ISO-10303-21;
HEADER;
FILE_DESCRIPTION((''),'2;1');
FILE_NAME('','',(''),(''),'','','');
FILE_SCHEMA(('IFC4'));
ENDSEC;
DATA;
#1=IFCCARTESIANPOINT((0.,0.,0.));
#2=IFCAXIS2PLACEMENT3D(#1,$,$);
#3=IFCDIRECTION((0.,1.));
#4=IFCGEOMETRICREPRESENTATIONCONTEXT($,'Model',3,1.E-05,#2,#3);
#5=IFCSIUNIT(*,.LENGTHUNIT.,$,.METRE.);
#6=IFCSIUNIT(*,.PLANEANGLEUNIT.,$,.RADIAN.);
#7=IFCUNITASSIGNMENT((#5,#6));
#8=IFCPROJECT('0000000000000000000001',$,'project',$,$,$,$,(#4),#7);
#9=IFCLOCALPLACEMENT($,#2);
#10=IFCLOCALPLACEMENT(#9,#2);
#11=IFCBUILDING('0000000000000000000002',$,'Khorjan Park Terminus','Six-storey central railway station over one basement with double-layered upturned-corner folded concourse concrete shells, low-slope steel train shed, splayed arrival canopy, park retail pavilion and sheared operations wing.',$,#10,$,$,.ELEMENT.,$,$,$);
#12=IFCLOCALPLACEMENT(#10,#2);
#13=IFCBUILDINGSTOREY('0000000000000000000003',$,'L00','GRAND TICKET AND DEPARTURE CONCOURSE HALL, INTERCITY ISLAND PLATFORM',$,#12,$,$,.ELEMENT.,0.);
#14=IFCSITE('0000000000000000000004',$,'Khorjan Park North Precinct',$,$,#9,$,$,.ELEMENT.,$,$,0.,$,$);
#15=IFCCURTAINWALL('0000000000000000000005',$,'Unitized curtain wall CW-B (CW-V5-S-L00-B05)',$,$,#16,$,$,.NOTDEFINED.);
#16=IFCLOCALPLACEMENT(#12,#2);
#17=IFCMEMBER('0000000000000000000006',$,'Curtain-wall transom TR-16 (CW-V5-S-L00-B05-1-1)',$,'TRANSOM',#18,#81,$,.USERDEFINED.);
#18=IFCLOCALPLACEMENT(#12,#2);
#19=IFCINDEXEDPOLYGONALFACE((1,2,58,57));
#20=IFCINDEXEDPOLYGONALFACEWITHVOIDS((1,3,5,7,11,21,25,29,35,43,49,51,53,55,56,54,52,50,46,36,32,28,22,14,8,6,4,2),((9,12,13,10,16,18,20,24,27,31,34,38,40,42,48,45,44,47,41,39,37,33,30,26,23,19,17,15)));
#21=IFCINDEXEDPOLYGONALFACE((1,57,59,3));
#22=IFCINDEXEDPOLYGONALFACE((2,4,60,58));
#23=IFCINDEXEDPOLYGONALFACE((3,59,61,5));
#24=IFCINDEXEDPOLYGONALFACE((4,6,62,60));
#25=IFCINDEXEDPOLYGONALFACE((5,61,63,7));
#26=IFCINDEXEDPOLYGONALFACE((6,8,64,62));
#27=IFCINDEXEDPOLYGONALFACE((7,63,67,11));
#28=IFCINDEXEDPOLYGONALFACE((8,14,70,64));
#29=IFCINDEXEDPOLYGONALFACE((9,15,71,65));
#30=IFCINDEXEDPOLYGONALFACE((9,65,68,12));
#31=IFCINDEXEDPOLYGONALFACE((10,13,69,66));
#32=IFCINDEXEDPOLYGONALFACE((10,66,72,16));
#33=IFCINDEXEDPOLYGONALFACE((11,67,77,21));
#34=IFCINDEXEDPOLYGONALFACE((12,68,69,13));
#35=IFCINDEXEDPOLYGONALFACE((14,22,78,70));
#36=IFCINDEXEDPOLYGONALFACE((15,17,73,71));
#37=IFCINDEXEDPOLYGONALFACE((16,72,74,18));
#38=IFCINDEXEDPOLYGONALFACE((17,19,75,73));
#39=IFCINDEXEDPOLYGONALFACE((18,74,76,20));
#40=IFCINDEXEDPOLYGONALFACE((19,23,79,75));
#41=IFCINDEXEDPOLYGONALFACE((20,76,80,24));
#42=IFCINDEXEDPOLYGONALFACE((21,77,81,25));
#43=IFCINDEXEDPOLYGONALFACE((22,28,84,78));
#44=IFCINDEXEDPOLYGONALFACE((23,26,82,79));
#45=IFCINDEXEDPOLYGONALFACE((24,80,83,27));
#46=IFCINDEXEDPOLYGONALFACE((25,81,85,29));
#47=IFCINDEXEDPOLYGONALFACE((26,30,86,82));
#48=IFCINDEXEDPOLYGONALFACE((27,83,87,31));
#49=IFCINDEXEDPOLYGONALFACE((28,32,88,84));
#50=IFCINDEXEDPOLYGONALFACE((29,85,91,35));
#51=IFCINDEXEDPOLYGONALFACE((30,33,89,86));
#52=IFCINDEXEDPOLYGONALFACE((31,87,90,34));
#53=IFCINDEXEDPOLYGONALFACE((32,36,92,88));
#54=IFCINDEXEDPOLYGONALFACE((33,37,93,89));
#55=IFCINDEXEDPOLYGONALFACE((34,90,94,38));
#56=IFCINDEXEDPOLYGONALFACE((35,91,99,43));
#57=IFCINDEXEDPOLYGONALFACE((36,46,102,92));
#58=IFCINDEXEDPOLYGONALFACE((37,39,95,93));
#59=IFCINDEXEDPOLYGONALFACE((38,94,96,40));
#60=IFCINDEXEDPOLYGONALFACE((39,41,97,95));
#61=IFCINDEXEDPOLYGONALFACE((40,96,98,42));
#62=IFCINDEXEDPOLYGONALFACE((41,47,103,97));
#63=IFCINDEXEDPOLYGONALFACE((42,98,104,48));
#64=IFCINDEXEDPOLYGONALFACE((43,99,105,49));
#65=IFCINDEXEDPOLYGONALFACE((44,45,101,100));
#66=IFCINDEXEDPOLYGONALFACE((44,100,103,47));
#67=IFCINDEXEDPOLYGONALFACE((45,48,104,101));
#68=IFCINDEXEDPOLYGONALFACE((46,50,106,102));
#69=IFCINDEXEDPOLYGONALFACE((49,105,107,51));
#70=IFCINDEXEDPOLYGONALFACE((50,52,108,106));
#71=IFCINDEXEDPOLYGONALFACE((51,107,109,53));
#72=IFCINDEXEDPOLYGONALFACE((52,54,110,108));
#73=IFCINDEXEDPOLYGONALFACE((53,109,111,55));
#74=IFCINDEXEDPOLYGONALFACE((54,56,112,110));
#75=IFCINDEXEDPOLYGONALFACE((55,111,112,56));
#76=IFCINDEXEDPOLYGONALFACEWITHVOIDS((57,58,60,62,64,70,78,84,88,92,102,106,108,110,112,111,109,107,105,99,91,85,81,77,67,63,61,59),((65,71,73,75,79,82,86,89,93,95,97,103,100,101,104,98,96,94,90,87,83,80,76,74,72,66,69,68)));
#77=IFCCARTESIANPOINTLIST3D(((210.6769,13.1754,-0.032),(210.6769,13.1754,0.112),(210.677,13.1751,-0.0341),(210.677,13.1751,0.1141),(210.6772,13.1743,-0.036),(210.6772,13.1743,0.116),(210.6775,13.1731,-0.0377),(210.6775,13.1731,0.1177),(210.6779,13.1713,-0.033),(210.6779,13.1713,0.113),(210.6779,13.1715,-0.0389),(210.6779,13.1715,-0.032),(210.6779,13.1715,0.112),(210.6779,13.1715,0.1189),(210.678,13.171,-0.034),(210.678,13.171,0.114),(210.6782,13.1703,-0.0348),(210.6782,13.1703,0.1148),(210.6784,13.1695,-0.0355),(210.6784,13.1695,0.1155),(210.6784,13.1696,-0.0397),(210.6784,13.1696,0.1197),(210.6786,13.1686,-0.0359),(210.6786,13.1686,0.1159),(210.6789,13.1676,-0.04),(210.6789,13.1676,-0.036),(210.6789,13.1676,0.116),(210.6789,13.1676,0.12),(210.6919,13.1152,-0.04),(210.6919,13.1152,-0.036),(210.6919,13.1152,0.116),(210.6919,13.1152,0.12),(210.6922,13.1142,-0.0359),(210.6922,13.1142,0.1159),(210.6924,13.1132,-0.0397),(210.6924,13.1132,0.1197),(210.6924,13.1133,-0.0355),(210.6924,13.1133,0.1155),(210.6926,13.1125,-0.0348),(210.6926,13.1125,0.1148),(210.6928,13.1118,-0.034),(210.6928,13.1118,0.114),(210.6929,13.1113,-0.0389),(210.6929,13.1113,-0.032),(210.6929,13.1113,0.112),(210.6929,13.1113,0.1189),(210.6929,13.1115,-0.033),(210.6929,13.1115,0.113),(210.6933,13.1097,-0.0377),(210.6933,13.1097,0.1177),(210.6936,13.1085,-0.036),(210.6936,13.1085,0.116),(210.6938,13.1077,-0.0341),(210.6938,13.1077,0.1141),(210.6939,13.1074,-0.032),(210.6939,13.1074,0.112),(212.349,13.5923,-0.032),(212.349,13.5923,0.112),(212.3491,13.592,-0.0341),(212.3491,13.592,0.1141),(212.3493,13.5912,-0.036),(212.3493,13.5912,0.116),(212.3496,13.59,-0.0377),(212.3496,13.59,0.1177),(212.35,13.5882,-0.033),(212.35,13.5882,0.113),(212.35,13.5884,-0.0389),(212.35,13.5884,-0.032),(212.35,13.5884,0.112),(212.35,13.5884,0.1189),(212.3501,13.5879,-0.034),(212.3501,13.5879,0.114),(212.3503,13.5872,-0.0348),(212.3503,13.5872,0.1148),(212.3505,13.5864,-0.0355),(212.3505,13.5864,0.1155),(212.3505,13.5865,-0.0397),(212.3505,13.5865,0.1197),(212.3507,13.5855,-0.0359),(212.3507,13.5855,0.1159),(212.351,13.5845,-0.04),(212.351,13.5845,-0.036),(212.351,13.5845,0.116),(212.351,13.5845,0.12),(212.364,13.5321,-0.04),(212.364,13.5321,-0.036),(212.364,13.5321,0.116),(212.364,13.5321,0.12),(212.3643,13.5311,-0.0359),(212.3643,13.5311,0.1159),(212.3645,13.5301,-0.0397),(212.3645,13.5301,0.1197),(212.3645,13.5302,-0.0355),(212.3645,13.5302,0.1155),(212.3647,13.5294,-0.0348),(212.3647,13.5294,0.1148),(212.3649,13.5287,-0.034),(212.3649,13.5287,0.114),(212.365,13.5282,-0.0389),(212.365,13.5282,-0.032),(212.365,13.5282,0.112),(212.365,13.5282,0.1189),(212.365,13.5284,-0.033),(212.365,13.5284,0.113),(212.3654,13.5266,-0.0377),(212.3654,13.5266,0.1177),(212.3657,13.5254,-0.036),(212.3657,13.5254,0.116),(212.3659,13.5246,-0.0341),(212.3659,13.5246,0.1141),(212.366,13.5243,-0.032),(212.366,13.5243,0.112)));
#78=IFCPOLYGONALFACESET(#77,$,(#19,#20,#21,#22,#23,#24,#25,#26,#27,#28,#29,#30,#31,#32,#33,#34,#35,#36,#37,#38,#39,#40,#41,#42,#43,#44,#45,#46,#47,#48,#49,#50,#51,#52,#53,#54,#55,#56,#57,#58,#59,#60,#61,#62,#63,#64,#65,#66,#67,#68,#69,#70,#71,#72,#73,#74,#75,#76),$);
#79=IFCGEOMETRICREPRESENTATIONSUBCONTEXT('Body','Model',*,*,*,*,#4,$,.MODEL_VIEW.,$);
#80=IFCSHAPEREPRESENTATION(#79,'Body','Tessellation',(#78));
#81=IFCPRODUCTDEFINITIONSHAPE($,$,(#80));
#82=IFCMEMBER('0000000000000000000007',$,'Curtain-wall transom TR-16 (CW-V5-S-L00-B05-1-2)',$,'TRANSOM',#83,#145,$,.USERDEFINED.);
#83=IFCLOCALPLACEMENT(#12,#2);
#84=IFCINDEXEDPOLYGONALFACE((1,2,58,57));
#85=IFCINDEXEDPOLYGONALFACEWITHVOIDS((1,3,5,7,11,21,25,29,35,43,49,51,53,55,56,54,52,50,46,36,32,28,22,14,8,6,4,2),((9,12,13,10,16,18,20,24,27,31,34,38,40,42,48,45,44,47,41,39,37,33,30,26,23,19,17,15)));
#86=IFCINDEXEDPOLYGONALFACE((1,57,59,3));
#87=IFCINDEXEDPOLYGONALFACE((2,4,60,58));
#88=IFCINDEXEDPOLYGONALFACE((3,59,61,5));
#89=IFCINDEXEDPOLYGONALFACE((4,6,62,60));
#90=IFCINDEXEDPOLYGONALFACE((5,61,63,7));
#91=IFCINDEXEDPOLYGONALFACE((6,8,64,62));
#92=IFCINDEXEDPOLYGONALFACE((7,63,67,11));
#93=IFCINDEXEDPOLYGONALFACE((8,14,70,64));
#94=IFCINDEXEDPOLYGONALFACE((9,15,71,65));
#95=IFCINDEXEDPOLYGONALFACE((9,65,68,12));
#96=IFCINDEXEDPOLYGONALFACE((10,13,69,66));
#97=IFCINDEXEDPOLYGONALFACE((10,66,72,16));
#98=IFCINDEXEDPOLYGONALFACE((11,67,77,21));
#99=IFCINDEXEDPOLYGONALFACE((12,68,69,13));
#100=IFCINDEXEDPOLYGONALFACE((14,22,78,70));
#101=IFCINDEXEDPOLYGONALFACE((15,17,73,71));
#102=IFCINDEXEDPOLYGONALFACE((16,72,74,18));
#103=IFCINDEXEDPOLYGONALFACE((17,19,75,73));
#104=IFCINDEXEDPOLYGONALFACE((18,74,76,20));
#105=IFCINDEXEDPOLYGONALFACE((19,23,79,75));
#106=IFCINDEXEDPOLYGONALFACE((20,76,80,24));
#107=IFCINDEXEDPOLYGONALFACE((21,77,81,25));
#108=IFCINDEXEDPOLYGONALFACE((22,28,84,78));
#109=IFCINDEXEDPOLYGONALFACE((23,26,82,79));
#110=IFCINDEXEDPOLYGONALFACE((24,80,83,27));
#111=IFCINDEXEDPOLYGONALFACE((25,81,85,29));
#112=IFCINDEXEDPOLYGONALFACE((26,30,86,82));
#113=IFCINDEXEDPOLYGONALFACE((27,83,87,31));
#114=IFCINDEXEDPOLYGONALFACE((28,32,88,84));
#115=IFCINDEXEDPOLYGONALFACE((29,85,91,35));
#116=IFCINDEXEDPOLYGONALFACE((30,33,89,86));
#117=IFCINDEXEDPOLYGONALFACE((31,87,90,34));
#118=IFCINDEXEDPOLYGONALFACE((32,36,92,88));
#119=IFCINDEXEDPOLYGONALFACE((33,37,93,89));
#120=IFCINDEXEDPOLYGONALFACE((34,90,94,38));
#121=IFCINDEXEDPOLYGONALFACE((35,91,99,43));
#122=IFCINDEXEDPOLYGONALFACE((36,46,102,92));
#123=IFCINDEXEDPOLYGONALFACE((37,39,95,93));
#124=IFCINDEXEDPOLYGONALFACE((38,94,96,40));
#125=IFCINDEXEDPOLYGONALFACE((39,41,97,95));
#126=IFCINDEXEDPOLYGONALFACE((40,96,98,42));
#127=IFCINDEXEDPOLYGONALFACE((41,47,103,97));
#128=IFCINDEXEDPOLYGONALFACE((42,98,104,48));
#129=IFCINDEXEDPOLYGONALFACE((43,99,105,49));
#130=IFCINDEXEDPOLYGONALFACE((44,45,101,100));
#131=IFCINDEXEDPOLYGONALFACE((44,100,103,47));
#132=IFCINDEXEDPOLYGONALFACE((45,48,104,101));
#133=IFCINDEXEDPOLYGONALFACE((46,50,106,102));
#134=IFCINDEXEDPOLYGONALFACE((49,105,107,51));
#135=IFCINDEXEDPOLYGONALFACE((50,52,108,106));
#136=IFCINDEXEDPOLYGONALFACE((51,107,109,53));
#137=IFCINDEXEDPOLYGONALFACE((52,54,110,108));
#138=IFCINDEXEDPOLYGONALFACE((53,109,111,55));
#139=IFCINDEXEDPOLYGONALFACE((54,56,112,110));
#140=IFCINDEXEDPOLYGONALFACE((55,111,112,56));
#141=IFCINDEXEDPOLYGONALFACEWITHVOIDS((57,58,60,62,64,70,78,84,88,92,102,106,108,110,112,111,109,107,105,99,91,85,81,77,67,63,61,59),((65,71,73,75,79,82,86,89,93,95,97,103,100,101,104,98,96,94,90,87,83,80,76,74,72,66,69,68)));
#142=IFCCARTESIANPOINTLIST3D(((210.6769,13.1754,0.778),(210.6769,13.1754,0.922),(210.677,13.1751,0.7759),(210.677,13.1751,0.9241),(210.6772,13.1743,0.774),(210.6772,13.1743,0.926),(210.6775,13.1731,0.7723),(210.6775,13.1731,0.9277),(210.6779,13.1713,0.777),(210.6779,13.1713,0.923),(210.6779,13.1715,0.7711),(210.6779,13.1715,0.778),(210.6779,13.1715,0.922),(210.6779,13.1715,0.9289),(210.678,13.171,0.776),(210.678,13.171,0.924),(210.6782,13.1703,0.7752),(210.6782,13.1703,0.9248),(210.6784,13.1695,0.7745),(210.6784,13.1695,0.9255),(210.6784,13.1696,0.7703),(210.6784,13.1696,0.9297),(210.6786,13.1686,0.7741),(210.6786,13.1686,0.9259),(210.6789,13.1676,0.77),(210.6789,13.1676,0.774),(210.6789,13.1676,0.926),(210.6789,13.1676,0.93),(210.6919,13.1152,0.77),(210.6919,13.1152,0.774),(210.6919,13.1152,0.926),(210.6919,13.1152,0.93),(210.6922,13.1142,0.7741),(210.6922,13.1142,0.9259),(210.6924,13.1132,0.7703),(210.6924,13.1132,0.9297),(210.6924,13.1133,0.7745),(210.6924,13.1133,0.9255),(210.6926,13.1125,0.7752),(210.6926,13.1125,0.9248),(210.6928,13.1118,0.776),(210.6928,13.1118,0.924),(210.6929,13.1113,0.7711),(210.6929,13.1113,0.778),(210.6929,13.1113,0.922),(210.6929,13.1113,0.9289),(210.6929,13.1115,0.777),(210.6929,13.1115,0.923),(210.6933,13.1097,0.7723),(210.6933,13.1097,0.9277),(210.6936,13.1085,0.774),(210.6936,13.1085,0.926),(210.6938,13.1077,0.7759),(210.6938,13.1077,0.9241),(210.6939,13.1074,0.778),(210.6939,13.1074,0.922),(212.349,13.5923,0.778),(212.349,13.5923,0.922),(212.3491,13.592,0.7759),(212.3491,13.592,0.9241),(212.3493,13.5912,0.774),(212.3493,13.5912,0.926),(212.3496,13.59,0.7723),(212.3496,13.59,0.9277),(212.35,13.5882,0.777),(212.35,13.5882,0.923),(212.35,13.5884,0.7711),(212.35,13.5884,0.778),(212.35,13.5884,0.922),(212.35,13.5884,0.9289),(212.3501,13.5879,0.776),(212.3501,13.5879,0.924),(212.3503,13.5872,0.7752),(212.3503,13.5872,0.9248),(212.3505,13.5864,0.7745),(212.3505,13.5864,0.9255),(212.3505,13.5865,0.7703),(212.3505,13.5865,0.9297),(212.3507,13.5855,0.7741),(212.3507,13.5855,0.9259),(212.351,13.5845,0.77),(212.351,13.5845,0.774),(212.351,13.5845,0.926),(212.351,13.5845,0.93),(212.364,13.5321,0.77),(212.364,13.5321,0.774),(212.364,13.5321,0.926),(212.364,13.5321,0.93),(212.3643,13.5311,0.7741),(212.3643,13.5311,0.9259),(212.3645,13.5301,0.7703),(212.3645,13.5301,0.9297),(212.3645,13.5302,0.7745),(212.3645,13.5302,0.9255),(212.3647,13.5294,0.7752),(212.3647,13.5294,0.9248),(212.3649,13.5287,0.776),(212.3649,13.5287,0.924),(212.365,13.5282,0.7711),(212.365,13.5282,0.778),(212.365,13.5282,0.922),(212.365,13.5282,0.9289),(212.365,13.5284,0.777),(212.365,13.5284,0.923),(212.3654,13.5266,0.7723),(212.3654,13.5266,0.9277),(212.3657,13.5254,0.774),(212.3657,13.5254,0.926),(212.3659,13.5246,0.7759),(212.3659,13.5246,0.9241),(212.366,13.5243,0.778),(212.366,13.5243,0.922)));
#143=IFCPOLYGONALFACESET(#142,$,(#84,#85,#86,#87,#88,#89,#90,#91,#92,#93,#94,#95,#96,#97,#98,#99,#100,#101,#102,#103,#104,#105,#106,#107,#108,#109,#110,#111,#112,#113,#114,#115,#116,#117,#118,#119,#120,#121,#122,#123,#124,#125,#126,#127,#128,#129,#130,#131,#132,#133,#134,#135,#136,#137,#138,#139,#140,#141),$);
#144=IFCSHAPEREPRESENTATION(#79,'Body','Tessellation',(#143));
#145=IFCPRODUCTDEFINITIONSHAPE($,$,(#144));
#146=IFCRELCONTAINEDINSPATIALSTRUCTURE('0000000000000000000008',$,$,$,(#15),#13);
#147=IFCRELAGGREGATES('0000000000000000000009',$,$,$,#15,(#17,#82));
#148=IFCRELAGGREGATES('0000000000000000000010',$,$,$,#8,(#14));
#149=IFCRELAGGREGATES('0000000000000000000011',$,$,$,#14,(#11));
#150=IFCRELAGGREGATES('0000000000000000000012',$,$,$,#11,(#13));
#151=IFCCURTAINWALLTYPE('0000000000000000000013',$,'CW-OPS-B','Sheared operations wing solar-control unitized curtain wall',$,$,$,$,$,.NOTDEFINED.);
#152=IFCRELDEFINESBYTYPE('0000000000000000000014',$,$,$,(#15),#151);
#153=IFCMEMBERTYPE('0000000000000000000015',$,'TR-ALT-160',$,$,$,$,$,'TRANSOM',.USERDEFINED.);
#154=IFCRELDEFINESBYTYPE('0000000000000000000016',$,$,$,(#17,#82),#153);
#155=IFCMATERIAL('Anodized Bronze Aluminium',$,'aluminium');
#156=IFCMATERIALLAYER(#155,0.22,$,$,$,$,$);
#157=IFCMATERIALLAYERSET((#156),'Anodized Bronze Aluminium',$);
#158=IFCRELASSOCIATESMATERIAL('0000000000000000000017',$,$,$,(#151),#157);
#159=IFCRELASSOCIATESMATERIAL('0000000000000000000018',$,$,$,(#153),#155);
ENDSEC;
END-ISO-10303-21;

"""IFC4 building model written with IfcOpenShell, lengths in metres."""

from ifc_helpers import new_model, si_unit, direction, frame, origin, origin_2d, place, context, subcontext, project, spatial, hollow_rectangle, extrude, material, layer, layer_set, material_profile, profile_set, type_object, element, aggregate, save


model = new_model("IFC4")

# Units and contexts
model_context = context("Model", 3, precision=1e-05, world=origin(), true_north=direction((0.0, 1.0)))
body_context = subcontext(model_context, "Body", "Model", "MODEL_VIEW")
ifc_project = project(units=[si_unit("LENGTHUNIT", "METRE"), si_unit("PLANEANGLEUNIT", "RADIAN")], contexts=[model_context])

# Site, building, storey
site_placement = place(None, origin())
site = spatial("IfcSite", under=ifc_project, at=site_placement, Name="Khorjan Park North Precinct", CompositionType="ELEMENT", RefElevation=0.0)
building_placement = place(site_placement, origin())
building = spatial("IfcBuilding", under=site, at=building_placement, Name="Khorjan Park Terminus", Description="Six-storey central railway station over one basement with double-layered upturned-corner folded concourse concrete shells, low-slope steel train shed, splayed arrival canopy, park retail pavilion and sheared operations wing.", CompositionType="ELEMENT")
storey_placement = place(building_placement, origin())
storey = spatial("IfcBuildingStorey", under=building, at=storey_placement, Name="L00", Description="GRAND TICKET AND DEPARTURE CONCOURSE HALL, INTERCITY ISLAND PLATFORM", CompositionType="ELEMENT", Elevation=0.0)

# Curtain wall, members
ifc_material_1 = material(Name="Anodized Bronze Aluminium", Category="aluminium")
ifc_layer_1 = layer(ifc_material_1, 0.22)
ifc_layer_set_1 = layer_set([ifc_layer_1], Name="Anodized Bronze Aluminium")
curtain_wall_type = type_object("IfcCurtainWallType", Name="CW-OPS-B", Description="Sheared operations wing solar-control unitized curtain wall", PredefinedType="NOTDEFINED", material=ifc_layer_set_1)
curtain_wall_placement = place(storey_placement, origin())
curtain_wall = element("IfcCurtainWall", 1, at=curtain_wall_placement, inside=storey, type_object=curtain_wall_type, Name="Unitized curtain wall CW-B (CW-V5-S-L00-B05)", PredefinedType="NOTDEFINED")
ifc_material_profile_1 = material_profile(ifc_material_1, hollow_rectangle(XDim=0.07, YDim=0.16, WallThickness=0.004, InnerFilletRadius=0.004, OuterFilletRadius=0.008, at=origin_2d()), Name="ALT 70x160x4")
ifc_profile_set_1 = profile_set([ifc_material_profile_1], Name="Anodized Bronze Aluminium")
member_type_1 = type_object("IfcMemberType", Name="TR-ALT-160", ElementType="TRANSOM", PredefinedType="USERDEFINED", material=ifc_profile_set_1)
member_1_placement = place(storey_placement, frame((210.6854, 13.1414, 0.04), z_axis=(0.970296, 0.241921, 0.0), x_axis=(-0.241921, 0.970296, 0.0)))
member_1 = element("IfcMember", 2, at=member_1_placement, type_object=member_type_1, Name="Curtain-wall transom TR-16 (CW-V5-S-L00-B05-1-1)", ObjectType="TRANSOM", PredefinedType="USERDEFINED", context=body_context, shape_type="SweptSolid", body=[
    extrude(hollow_rectangle(XDim=0.07, YDim=0.16, WallThickness=0.004, InnerFilletRadius=0.004, OuterFilletRadius=0.008, at=origin_2d()), origin(), (0.0, 0.0, 1.0), 1.7233),
])
member_2_placement = place(storey_placement, frame((210.6854, 13.1414, 0.85), z_axis=(0.970296, 0.241921, 0.0), x_axis=(-0.241921, 0.970296, 0.0)))
member_2 = element("IfcMember", 3, at=member_2_placement, type_object=member_type_1, Name="Curtain-wall transom TR-16 (CW-V5-S-L00-B05-1-2)", ObjectType="TRANSOM", PredefinedType="USERDEFINED", context=body_context, shape_type="SweptSolid", body=[
    extrude(hollow_rectangle(XDim=0.07, YDim=0.16, WallThickness=0.004, InnerFilletRadius=0.004, OuterFilletRadius=0.008, at=origin_2d()), origin(), (0.0, 0.0, 1.0), 1.7233),
])
aggregate(curtain_wall, [member_1, member_2])

save(model, "model.ifc")
